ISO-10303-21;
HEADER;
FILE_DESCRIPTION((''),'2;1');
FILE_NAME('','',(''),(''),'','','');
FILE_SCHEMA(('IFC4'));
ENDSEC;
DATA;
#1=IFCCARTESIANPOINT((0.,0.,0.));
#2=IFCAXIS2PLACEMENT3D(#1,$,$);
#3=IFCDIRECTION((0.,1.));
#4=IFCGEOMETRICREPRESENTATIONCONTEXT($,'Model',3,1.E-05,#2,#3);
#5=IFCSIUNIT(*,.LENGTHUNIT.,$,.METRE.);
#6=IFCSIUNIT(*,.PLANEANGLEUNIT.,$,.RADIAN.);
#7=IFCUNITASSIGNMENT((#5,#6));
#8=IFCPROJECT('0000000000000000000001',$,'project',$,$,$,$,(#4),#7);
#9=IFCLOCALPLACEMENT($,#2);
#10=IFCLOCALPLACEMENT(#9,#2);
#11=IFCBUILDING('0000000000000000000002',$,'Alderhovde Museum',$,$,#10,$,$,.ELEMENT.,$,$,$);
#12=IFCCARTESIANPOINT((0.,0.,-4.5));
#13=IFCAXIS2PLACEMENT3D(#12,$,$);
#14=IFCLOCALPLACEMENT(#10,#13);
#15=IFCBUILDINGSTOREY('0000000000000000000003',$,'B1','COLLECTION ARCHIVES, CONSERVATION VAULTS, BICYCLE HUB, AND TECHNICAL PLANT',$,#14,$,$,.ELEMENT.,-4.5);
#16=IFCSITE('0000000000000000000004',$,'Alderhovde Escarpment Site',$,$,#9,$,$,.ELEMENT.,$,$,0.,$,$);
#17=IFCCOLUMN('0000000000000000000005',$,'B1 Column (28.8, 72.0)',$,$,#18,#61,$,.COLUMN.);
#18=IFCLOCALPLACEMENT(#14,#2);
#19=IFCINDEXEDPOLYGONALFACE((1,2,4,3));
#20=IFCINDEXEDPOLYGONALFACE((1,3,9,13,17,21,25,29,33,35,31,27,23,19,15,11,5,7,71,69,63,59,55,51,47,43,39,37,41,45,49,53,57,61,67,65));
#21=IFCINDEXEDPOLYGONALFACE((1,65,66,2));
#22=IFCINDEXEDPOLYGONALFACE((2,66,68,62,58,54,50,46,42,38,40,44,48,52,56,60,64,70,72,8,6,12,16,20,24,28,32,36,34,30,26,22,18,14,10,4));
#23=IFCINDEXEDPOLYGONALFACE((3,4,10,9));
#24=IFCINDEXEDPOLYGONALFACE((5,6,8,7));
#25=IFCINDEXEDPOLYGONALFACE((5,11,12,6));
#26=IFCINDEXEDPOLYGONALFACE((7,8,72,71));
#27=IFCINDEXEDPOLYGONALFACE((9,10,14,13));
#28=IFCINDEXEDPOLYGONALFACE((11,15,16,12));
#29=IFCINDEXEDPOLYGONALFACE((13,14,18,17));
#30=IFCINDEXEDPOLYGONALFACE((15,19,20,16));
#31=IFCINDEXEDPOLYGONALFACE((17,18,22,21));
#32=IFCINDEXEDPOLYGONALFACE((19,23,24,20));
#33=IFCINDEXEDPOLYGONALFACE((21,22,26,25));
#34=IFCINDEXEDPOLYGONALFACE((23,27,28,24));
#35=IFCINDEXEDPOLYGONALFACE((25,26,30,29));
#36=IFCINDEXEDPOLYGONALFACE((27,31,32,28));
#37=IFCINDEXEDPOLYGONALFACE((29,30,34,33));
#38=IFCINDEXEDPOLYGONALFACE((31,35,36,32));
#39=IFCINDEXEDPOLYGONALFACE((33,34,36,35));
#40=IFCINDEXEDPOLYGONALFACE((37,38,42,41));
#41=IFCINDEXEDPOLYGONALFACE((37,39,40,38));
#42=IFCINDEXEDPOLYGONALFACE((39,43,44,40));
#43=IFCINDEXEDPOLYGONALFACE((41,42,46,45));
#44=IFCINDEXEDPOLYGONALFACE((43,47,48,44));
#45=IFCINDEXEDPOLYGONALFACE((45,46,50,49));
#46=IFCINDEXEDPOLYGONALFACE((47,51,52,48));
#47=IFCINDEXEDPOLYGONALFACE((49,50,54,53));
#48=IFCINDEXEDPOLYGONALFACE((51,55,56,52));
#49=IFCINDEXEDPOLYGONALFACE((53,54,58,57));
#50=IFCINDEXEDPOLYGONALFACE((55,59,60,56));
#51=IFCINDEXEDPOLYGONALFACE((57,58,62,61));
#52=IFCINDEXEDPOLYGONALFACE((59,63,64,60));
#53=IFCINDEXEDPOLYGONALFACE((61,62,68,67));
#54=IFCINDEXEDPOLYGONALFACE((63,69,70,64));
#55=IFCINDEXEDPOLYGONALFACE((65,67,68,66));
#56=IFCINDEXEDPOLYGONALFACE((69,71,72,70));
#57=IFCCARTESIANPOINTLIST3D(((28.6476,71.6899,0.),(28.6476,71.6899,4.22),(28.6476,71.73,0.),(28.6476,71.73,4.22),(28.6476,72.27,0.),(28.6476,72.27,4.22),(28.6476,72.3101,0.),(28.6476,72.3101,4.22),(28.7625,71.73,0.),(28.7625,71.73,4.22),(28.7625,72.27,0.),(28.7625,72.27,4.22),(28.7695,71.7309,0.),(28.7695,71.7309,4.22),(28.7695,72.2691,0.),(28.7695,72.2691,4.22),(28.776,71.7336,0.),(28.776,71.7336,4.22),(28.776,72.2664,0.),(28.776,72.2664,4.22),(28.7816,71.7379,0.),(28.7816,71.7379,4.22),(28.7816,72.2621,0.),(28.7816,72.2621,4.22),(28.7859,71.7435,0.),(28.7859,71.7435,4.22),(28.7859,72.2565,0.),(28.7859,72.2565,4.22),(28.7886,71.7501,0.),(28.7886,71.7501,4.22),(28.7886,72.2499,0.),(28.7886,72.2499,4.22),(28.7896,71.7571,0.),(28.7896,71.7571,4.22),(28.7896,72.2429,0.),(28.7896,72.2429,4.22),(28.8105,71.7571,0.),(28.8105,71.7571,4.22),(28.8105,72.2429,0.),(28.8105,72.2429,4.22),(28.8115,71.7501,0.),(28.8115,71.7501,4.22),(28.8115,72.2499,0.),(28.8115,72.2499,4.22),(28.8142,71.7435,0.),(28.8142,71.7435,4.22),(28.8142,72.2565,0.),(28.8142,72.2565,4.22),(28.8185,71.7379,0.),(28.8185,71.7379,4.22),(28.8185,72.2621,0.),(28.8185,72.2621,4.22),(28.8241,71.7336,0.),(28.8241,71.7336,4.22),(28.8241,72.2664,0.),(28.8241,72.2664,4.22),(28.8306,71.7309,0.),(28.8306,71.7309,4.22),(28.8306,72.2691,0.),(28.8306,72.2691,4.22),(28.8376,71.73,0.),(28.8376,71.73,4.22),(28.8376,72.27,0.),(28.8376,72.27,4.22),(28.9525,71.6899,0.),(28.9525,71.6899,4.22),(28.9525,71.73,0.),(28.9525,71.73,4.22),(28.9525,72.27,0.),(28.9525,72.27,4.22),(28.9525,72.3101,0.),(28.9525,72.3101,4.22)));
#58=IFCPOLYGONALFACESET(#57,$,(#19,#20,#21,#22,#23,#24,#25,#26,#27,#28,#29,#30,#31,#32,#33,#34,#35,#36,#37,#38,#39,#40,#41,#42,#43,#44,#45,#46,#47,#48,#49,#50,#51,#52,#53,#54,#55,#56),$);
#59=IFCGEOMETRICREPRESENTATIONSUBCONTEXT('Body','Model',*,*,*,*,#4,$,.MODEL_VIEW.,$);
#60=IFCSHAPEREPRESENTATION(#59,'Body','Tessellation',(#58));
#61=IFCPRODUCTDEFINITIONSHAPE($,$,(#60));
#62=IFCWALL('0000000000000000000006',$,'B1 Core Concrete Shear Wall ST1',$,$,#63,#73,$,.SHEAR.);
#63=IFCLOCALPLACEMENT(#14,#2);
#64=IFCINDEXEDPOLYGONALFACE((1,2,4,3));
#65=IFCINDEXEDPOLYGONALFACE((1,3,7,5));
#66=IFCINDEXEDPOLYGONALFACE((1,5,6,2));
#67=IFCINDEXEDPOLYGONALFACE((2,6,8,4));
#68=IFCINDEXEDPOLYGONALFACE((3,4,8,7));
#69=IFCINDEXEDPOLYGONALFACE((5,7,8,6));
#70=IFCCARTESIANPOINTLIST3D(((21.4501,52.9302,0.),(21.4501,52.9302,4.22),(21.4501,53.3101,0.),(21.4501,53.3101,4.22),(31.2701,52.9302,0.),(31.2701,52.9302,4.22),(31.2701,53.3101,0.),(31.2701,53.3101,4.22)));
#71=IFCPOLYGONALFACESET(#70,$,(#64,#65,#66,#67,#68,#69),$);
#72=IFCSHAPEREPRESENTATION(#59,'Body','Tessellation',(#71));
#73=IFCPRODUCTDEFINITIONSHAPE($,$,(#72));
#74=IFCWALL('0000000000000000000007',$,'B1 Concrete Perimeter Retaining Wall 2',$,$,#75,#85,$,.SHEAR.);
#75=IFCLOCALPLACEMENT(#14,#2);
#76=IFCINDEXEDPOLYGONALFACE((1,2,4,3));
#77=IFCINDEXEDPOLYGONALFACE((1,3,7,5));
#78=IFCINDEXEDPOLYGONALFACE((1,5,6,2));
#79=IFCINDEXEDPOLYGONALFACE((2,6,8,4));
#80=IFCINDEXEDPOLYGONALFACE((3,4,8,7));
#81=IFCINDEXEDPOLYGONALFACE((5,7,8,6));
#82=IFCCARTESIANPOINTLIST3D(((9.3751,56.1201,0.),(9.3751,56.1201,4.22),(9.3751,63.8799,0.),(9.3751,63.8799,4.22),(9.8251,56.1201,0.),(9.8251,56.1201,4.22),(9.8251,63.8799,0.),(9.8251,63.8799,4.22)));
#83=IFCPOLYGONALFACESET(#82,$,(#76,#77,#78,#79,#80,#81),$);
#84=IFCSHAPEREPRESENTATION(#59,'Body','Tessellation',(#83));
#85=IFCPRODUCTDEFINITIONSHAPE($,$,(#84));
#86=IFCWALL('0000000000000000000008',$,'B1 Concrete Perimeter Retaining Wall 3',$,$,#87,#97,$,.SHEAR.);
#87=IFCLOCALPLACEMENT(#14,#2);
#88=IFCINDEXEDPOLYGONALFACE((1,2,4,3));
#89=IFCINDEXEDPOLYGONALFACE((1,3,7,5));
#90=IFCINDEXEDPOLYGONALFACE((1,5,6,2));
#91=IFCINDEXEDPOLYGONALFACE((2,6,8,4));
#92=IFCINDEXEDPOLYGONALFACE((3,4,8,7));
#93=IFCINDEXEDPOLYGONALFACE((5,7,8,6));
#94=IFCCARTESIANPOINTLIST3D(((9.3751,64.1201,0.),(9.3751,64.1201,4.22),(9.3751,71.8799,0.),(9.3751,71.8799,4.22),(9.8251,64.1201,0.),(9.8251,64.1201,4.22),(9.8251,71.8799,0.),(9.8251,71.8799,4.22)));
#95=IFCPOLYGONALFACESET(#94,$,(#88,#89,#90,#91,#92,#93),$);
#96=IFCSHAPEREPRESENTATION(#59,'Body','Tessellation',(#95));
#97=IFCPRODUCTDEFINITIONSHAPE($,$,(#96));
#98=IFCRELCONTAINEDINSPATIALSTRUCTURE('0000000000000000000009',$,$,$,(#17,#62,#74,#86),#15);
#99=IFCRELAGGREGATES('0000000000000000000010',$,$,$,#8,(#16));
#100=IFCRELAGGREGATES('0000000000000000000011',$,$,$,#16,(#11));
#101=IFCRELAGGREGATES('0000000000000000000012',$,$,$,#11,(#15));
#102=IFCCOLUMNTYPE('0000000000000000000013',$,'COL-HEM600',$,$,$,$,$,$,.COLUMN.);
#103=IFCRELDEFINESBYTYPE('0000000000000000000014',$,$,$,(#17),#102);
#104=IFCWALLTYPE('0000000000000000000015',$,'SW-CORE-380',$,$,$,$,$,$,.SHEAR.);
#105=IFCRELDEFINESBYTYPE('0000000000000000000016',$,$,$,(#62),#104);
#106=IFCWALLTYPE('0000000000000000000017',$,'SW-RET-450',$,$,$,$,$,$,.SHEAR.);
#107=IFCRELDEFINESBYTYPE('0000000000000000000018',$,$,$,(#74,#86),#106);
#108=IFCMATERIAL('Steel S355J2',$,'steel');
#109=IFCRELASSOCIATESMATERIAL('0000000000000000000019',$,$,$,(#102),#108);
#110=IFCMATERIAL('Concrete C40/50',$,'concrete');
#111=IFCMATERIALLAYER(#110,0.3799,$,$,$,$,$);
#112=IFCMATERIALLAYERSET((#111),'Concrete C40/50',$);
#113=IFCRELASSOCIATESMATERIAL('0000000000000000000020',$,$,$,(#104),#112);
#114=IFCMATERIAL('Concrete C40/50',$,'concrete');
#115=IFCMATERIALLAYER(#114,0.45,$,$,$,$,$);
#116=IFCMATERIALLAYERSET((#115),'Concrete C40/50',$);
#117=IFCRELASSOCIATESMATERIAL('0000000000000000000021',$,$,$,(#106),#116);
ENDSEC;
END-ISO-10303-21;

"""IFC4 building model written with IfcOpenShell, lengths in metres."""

from ifc_helpers import new_model, si_unit, direction, frame, frame_2d, origin, origin_2d, place, context, subcontext, project, spatial, rectangle, i_section, extrude, material, layer, layer_set, material_profile, profile_set, type_object, element, save


model = new_model("IFC4")

# Units and contexts
model_context = context("Model", 3, precision=1e-05, world=origin(), true_north=direction((0.0, 1.0)))
body_context = subcontext(model_context, "Body", "Model", "MODEL_VIEW")
ifc_project = project(units=[si_unit("LENGTHUNIT", "METRE"), si_unit("PLANEANGLEUNIT", "RADIAN")], contexts=[model_context])

# Site, building, storey
site_placement = place(None, origin())
site = spatial("IfcSite", under=ifc_project, at=site_placement, Name="Alderhovde Escarpment Site", CompositionType="ELEMENT", RefElevation=0.0)
building_placement = place(site_placement, origin())
building = spatial("IfcBuilding", under=site, at=building_placement, Name="Alderhovde Museum", CompositionType="ELEMENT")
storey_placement = place(building_placement, frame((0.0, 0.0, -4.5)))
storey = spatial("IfcBuildingStorey", under=building, at=storey_placement, Name="B1", Description="COLLECTION ARCHIVES, CONSERVATION VAULTS, BICYCLE HUB, AND TECHNICAL PLANT", CompositionType="ELEMENT", Elevation=-4.5)

# Column
ifc_material_1 = material(Name="Steel S355J2", Category="steel")
ifc_material_profile_1 = material_profile(ifc_material_1, i_section(OverallWidth=0.3049, OverallDepth=0.6201, WebThickness=0.021, FlangeThickness=0.04, FilletRadius=0.0271, at=origin_2d()), Name="HEM 600")
ifc_profile_set_1 = profile_set([ifc_material_profile_1], Name="Steel S355J2")
column_type_1 = type_object("IfcColumnType", Name="COL-HEM600", PredefinedType="COLUMN", material=ifc_profile_set_1)
for number, where, z_axis, x_axis, name in (
    (1, (28.8, 72.0, 0.0), (0.0, 0.0, 1.0), (1.0, 0.0, 0.0), "B1 Column (28.8, 72.0)"),
):
    element("IfcColumn", number, at=place(storey_placement, frame(where, z_axis=z_axis, x_axis=x_axis)), inside=storey, type_object=column_type_1, Name=name, PredefinedType="COLUMN", context=body_context, shape_type="SweptSolid", body=[
        extrude(i_section(OverallWidth=0.3049, OverallDepth=0.6201, WebThickness=0.021, FlangeThickness=0.04, FilletRadius=0.0271, at=origin_2d()), origin(), (0.0, 0.0, 1.0), 4.22),
    ])

# Walls
ifc_material_2 = material(Name="Concrete C40/50", Category="concrete")
ifc_layer_1 = layer(ifc_material_2, 0.3799)
ifc_layer_set_1 = layer_set([ifc_layer_1], Name="Concrete C40/50")
wall_type_1 = type_object("IfcWallType", Name="SW-CORE-380", PredefinedType="SHEAR", material=ifc_layer_set_1)
wall_placement = place(storey_placement, frame((21.45, 53.1201, 0.0), z_axis=(0.0, 0.0, 1.0), x_axis=(1.0, 0.0, 0.0)))
element("IfcWall", 2, at=wall_placement, inside=storey, type_object=wall_type_1, Name="B1 Core Concrete Shear Wall ST1", PredefinedType="SHEAR", context=body_context, shape_type="SweptSolid", body=[
    extrude(rectangle(XDim=9.8201, YDim=0.3799, at=frame_2d((4.9102, 0.0))), origin(), (0.0, 0.0, 1.0), 4.22),
])
ifc_material_3 = material(Name="Concrete C40/50", Category="concrete")
ifc_layer_2 = layer(ifc_material_3, 0.45)
ifc_layer_set_2 = layer_set([ifc_layer_2], Name="Concrete C40/50")
wall_type_2 = type_object("IfcWallType", Name="SW-RET-450", PredefinedType="SHEAR", material=ifc_layer_set_2)
for number, where, z_axis, x_axis, name in (
    (3, (9.6001, 56.1201, 0.0), (0.0, 0.0, 1.0), (0.0, 1.0, 0.0), "B1 Concrete Perimeter Retaining Wall 2"),
    (4, (9.6001, 64.1201, 0.0), (0.0, 0.0, 1.0), (0.0, 1.0, 0.0), "B1 Concrete Perimeter Retaining Wall 3"),
):
    element("IfcWall", number, at=place(storey_placement, frame(where, z_axis=z_axis, x_axis=x_axis)), inside=storey, type_object=wall_type_2, Name=name, PredefinedType="SHEAR", context=body_context, shape_type="SweptSolid", body=[
        extrude(rectangle(XDim=7.7598, YDim=0.45, at=frame_2d((3.8799, 0.0))), origin(), (0.0, 0.0, 1.0), 4.22),
    ])

save(model, "model.ifc")
